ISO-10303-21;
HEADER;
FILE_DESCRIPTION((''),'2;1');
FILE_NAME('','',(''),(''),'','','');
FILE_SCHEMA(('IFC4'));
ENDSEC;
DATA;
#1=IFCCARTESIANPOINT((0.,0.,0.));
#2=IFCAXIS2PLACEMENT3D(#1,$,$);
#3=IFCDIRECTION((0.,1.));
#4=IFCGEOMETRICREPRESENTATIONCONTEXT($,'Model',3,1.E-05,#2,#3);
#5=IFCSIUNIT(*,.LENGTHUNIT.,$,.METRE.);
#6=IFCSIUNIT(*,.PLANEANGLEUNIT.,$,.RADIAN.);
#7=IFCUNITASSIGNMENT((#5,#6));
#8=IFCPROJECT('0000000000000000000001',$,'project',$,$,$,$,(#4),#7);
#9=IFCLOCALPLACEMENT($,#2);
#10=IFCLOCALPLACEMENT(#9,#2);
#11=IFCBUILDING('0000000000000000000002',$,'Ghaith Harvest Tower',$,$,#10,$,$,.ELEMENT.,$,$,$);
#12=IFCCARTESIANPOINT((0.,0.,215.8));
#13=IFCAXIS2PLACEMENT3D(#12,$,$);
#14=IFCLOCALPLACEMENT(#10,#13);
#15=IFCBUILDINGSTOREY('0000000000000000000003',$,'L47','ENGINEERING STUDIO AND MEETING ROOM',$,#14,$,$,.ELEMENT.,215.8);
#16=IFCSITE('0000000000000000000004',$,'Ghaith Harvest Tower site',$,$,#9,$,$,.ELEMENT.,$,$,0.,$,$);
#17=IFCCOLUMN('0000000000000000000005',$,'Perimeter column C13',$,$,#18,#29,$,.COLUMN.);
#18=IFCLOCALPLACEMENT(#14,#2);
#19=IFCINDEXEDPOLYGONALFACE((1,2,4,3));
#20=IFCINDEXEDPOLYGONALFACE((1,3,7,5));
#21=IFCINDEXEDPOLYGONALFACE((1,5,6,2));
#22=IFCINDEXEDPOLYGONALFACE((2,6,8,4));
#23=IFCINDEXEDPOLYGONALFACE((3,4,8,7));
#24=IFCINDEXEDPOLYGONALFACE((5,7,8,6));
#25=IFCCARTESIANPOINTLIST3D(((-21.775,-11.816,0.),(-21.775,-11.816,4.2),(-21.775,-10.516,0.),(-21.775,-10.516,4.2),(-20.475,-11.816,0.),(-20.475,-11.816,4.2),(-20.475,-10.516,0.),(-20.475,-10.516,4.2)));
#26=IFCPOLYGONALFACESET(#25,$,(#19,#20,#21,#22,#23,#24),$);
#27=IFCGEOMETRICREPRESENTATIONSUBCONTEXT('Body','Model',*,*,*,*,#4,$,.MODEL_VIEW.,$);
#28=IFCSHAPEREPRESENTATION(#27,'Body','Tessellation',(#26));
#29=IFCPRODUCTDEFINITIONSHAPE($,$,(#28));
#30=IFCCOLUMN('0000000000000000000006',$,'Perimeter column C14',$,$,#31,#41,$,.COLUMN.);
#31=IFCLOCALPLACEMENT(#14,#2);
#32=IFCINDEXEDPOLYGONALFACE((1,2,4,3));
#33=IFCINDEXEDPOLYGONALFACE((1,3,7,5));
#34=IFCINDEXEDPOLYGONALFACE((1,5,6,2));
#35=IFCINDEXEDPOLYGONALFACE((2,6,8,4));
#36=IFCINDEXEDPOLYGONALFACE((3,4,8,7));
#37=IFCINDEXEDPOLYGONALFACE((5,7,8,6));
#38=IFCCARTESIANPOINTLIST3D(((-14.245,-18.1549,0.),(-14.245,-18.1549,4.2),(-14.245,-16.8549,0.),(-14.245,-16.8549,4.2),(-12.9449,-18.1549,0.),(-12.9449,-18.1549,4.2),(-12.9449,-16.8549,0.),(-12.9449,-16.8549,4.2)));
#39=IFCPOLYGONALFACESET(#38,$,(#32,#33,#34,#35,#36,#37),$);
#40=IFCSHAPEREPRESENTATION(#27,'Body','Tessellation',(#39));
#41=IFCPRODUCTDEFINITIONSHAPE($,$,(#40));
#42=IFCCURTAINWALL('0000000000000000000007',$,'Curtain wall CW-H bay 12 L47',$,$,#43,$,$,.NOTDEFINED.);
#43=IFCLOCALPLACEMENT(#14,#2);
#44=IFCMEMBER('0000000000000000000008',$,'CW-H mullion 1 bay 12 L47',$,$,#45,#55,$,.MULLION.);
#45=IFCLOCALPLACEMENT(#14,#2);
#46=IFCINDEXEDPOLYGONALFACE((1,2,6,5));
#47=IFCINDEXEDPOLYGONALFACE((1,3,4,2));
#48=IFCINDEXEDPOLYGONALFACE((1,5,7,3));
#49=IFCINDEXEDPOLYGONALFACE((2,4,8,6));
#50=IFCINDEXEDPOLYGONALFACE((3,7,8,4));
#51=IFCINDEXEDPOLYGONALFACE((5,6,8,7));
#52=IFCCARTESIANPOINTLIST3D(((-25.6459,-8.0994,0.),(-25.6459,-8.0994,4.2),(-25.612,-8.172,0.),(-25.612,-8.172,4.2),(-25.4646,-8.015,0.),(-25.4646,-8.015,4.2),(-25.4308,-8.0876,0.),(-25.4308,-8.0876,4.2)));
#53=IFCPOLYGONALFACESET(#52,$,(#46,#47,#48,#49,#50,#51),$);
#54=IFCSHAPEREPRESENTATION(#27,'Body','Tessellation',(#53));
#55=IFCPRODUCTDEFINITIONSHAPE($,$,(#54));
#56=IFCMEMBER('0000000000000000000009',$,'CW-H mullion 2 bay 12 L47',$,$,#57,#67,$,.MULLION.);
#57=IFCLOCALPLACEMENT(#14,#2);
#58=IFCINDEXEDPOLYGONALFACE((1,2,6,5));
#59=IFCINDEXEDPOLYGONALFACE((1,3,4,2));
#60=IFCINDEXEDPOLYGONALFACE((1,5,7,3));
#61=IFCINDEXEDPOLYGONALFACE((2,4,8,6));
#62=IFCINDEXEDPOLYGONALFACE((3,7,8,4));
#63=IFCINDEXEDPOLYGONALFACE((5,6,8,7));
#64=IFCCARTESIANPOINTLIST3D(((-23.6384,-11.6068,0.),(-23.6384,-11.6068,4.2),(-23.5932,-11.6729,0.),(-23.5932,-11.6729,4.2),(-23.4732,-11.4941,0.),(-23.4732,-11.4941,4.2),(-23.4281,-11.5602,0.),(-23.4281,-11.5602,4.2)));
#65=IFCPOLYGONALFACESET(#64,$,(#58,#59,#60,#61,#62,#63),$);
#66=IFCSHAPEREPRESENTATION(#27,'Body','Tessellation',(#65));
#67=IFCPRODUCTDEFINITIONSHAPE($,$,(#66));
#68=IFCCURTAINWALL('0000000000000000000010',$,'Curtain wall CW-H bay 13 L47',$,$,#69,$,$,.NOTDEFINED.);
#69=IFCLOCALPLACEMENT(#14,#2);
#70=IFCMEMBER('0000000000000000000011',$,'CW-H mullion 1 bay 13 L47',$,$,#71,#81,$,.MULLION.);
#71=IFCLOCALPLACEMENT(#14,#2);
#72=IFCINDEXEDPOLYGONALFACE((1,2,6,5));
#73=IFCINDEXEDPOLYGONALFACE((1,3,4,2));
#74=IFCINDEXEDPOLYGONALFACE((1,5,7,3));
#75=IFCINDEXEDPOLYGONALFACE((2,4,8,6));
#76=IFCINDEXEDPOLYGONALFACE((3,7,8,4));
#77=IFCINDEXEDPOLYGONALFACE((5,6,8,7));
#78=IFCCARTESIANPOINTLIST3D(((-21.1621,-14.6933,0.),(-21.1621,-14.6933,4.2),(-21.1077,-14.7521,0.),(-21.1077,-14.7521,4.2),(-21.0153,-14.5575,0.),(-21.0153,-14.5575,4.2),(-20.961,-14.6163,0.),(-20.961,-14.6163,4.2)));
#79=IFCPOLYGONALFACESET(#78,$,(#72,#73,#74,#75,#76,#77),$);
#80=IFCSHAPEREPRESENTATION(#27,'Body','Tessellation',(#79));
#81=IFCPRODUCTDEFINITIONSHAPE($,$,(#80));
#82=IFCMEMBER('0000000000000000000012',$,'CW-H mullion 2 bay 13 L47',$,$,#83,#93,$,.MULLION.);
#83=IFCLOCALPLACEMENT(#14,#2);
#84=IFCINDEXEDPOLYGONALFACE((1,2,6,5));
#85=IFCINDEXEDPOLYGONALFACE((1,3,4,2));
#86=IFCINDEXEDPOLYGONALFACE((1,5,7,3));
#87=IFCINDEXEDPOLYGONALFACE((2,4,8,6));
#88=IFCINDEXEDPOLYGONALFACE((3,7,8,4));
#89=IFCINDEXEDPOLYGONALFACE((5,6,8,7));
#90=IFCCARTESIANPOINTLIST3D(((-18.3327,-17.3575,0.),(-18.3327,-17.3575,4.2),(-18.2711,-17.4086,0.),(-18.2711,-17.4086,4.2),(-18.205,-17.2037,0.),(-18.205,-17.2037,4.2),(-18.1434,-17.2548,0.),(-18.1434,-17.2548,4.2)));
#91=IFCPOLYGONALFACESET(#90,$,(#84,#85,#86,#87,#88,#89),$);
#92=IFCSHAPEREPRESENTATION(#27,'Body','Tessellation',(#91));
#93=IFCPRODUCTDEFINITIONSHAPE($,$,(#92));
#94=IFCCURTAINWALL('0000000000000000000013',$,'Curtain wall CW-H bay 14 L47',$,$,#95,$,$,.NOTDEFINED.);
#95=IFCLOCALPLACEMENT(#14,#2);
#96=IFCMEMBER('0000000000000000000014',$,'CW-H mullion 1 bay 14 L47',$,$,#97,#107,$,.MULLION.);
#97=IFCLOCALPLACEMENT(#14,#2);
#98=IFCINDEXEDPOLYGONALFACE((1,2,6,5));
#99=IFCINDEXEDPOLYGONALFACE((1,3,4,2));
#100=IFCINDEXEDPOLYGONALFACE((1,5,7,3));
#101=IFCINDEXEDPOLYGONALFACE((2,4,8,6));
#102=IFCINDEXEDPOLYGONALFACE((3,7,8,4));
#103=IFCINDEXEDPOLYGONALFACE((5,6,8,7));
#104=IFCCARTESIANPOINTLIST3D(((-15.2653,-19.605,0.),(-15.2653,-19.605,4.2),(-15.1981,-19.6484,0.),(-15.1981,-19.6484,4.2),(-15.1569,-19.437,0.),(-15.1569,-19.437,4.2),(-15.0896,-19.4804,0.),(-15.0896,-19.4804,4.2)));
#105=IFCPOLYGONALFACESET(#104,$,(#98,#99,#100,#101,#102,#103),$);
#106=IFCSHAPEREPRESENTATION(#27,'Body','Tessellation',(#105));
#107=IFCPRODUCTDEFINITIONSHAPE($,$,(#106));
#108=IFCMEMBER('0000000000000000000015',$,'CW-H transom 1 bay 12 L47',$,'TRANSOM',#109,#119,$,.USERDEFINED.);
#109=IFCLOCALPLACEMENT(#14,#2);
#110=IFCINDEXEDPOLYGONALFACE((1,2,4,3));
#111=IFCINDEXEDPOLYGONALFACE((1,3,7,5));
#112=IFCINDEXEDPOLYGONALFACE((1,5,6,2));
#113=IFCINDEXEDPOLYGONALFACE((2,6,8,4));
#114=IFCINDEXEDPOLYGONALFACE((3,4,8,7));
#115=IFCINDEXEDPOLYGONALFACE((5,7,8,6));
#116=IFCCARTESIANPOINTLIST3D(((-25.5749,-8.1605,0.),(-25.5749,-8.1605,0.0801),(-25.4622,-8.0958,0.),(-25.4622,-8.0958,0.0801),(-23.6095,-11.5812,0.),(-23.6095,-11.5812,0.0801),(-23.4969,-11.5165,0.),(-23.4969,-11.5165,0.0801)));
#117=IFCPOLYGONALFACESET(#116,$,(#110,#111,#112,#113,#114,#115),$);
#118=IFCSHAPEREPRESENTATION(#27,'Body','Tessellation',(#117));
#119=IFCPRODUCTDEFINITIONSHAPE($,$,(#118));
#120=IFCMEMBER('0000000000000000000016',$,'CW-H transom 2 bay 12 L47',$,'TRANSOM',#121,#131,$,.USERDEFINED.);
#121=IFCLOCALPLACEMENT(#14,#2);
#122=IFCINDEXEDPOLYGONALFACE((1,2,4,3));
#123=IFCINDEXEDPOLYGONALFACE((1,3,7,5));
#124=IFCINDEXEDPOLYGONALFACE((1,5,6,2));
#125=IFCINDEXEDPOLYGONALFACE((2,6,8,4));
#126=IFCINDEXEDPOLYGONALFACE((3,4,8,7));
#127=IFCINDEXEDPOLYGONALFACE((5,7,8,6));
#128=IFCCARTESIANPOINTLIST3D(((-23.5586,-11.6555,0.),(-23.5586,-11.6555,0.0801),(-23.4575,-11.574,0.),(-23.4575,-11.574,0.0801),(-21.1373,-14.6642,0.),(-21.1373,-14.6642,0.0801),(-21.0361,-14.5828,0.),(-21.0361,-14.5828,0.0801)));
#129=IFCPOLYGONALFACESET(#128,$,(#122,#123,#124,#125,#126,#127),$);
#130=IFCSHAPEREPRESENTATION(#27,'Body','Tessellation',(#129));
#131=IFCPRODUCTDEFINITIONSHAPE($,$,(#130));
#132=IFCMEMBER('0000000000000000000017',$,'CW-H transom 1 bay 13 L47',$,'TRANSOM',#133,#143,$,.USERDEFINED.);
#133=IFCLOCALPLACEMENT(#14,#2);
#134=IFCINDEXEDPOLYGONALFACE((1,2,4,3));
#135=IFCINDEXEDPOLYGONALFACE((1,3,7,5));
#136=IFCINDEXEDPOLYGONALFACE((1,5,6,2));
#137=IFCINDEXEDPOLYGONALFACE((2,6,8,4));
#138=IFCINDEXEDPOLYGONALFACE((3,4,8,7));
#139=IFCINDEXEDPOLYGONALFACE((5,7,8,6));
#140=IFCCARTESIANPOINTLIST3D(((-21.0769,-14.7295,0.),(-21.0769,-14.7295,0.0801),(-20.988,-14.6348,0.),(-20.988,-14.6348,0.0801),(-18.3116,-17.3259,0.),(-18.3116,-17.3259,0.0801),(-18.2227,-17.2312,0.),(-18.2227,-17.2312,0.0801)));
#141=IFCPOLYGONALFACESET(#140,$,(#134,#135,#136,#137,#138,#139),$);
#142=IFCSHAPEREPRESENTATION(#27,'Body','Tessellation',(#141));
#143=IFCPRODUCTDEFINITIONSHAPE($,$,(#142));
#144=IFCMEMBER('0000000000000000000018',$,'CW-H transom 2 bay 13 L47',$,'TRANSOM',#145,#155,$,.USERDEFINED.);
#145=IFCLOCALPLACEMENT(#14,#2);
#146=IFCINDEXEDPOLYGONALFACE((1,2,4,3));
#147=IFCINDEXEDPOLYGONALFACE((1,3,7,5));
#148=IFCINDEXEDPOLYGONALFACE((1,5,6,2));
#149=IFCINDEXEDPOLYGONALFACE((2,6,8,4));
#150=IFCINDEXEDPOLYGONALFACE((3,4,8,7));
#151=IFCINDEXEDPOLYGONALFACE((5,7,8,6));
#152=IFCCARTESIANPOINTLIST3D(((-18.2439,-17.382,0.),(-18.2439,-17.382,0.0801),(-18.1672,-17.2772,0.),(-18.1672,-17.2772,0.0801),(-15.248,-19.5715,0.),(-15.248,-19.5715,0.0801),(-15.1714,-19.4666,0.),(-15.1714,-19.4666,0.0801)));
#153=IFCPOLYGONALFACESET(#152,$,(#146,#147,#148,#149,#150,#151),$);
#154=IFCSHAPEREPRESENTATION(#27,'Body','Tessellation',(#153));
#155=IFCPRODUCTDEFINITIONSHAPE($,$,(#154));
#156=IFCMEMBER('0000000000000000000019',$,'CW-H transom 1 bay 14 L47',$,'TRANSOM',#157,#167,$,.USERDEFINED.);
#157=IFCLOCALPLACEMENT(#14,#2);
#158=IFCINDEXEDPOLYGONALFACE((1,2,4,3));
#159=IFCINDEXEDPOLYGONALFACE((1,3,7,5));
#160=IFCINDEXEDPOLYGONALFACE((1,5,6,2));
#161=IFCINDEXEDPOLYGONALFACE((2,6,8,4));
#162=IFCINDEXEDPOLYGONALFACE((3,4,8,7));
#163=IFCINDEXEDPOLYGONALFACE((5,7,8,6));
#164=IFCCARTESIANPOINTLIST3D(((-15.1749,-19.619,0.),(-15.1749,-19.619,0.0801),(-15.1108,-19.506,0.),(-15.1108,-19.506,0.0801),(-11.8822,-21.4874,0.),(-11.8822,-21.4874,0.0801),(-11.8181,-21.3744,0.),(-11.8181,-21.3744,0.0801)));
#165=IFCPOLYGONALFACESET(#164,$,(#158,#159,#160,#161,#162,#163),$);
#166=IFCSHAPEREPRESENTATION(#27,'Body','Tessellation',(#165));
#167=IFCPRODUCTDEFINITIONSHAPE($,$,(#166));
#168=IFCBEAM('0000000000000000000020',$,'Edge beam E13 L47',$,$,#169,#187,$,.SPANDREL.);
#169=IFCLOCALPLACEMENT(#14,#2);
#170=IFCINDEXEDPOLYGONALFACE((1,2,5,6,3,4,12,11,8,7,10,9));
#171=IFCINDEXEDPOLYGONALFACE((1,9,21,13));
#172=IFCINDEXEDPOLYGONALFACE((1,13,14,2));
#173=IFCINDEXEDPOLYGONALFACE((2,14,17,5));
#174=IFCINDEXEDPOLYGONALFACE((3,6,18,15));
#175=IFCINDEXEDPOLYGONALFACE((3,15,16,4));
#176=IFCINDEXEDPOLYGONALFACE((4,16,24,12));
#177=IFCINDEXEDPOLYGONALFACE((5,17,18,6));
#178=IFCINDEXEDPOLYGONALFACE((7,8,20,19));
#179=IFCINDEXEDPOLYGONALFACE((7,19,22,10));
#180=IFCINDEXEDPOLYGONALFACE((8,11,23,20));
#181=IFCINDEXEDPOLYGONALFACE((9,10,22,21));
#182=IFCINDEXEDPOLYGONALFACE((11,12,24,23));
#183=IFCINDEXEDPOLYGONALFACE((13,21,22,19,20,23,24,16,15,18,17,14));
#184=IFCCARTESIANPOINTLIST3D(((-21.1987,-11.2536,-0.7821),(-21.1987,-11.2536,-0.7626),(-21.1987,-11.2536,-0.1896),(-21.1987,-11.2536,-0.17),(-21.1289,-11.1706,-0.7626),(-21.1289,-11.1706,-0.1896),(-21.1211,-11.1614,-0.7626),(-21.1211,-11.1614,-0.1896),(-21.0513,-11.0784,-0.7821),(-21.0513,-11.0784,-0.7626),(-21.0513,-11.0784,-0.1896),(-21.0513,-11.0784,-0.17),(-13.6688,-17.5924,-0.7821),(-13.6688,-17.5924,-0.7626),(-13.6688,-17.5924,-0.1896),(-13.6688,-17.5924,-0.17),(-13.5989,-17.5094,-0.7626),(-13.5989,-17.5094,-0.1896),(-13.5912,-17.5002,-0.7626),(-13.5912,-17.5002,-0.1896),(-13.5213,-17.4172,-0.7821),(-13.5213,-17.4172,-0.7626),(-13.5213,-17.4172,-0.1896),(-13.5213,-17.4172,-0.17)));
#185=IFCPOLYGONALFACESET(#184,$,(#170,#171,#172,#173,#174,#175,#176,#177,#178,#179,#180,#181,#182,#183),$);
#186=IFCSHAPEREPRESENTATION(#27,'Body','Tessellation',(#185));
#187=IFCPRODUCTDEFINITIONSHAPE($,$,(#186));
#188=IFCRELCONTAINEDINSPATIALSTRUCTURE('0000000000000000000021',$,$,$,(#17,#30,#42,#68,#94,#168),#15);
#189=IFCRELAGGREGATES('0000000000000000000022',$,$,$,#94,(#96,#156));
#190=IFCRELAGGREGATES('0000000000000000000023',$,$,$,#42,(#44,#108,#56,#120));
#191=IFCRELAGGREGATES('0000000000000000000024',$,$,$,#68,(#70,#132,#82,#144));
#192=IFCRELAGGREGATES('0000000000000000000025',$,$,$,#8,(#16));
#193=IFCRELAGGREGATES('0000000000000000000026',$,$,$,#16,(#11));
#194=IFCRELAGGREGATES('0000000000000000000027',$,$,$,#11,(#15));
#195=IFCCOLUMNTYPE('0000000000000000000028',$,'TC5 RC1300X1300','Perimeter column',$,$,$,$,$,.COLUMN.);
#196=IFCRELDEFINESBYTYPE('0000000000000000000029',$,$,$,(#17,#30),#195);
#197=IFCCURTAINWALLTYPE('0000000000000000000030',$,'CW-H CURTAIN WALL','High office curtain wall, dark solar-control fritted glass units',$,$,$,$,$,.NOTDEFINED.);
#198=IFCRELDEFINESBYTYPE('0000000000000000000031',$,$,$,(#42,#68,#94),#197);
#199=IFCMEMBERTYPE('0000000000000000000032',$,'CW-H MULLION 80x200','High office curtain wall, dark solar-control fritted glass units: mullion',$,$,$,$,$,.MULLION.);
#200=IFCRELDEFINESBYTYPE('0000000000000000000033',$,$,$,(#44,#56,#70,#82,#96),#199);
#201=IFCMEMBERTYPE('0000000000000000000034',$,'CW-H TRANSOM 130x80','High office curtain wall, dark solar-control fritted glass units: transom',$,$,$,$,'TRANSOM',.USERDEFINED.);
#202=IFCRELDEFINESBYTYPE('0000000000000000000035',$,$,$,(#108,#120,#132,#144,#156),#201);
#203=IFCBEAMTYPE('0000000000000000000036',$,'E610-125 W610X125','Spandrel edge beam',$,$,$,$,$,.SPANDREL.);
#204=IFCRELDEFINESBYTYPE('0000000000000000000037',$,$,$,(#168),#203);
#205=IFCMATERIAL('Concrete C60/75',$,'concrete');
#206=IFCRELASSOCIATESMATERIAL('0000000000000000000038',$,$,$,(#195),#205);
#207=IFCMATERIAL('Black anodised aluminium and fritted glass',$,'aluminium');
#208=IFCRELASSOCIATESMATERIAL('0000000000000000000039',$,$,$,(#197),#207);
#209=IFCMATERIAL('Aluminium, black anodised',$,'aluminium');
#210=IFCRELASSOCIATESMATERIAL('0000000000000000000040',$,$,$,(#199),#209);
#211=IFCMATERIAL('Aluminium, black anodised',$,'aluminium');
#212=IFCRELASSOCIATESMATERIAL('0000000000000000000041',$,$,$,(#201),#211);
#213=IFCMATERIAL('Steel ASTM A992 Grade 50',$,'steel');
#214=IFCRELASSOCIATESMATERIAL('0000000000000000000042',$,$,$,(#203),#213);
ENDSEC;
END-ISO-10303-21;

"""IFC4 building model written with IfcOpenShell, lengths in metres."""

from ifc_helpers import new_model, si_unit, direction, frame, origin, origin_2d, place, context, subcontext, project, spatial, rectangle, i_section, extrude, material, material_profile, profile_set, type_object, element, aggregate, save


model = new_model("IFC4")

# Units and contexts
model_context = context("Model", 3, precision=1e-05, world=origin(), true_north=direction((0.0, 1.0)))
body_context = subcontext(model_context, "Body", "Model", "MODEL_VIEW")
ifc_project = project(units=[si_unit("LENGTHUNIT", "METRE"), si_unit("PLANEANGLEUNIT", "RADIAN")], contexts=[model_context])

# Site, building, storey
site_placement = place(None, origin())
site = spatial("IfcSite", under=ifc_project, at=site_placement, Name="Ghaith Harvest Tower site", CompositionType="ELEMENT", RefElevation=0.0)
building_placement = place(site_placement, origin())
building = spatial("IfcBuilding", under=site, at=building_placement, Name="Ghaith Harvest Tower", CompositionType="ELEMENT")
storey_placement = place(building_placement, frame((0.0, 0.0, 215.8)))
storey = spatial("IfcBuildingStorey", under=building, at=storey_placement, Name="L47", Description="ENGINEERING STUDIO AND MEETING ROOM", CompositionType="ELEMENT", Elevation=215.8)

# Columns
ifc_material_1 = material(Name="Concrete C60/75", Category="concrete")
ifc_material_profile_1 = material_profile(ifc_material_1, rectangle(XDim=1.3, YDim=1.3, at=origin_2d()), Name="RC1300X1300")
ifc_profile_set_1 = profile_set([ifc_material_profile_1], Name="Concrete C60/75")
column_type = type_object("IfcColumnType", Name="TC5 RC1300X1300", Description="Perimeter column", PredefinedType="COLUMN", material=ifc_profile_set_1)
for number, where, z_axis, x_axis, name in (
    (1, (-21.125, -11.166, 0.0), (0.0, 0.0, 1.0), (1.0, 0.0, 0.0), "Perimeter column C13"),
    (2, (-13.595, -17.5049, 0.0), (0.0, 0.0, 1.0), (1.0, 0.0, 0.0), "Perimeter column C14"),
):
    element("IfcColumn", number, at=place(storey_placement, frame(where, z_axis=z_axis, x_axis=x_axis)), inside=storey, type_object=column_type, Name=name, PredefinedType="COLUMN", context=body_context, shape_type="SweptSolid", body=[
        extrude(rectangle(XDim=1.3, YDim=1.3, at=origin_2d()), origin(), (0.0, 0.0, 1.0), 4.2),
    ])

# Curtain walls, members
ifc_material_2 = material(Name="Black anodised aluminium and fritted glass", Category="aluminium")
curtain_wall_type = type_object("IfcCurtainWallType", Name="CW-H CURTAIN WALL", Description="High office curtain wall, dark solar-control fritted glass units", PredefinedType="NOTDEFINED", material=ifc_material_2)
curtain_wall_1_placement = place(storey_placement, origin())
curtain_wall_1 = element("IfcCurtainWall", 3, at=curtain_wall_1_placement, inside=storey, type_object=curtain_wall_type, Name="Curtain wall CW-H bay 12 L47", PredefinedType="NOTDEFINED")
ifc_material_3 = material(Name="Aluminium, black anodised", Category="aluminium")
ifc_material_profile_2 = material_profile(ifc_material_3, rectangle(XDim=0.0801, YDim=0.2, at=origin_2d()), Name="CW-H MULLION 80x200")
ifc_profile_set_2 = profile_set([ifc_material_profile_2], Name="Aluminium, black anodised")
member_type_1 = type_object("IfcMemberType", Name="CW-H MULLION 80x200", Description="High office curtain wall, dark solar-control fritted glass units: mullion", PredefinedType="MULLION", material=ifc_profile_set_2)
member_1_placement = place(storey_placement, frame((-25.5383, -8.0935, 0.0), z_axis=(0.0, 0.0, 1.0), x_axis=(0.422309, -0.906452, 0.0)))
member_1 = element("IfcMember", 4, at=member_1_placement, type_object=member_type_1, Name="CW-H mullion 1 bay 12 L47", PredefinedType="MULLION", context=body_context, shape_type="SweptSolid", body=[
    extrude(rectangle(XDim=0.0801, YDim=0.2, at=origin_2d()), origin(), (0.0, 0.0, 1.0), 4.2),
])
member_2_placement = place(storey_placement, frame((-23.5332, -11.5835, 0.0), z_axis=(0.0, 0.0, 1.0), x_axis=(0.563617, -0.826037, 0.0)))
member_2 = element("IfcMember", 5, at=member_2_placement, type_object=member_type_1, Name="CW-H mullion 2 bay 12 L47", PredefinedType="MULLION", context=body_context, shape_type="SweptSolid", body=[
    extrude(rectangle(XDim=0.0801, YDim=0.2, at=origin_2d()), origin(), (0.0, 0.0, 1.0), 4.2),
])
curtain_wall_2_placement = place(storey_placement, origin())
curtain_wall_2 = element("IfcCurtainWall", 6, at=curtain_wall_2_placement, inside=storey, type_object=curtain_wall_type, Name="Curtain wall CW-H bay 13 L47", PredefinedType="NOTDEFINED")
member_3_placement = place(storey_placement, frame((-21.0615, -14.6548, 0.0), z_axis=(0.0, 0.0, 1.0), x_axis=(0.679182, -0.73397, 0.0)))
member_3 = element("IfcMember", 7, at=member_3_placement, type_object=member_type_1, Name="CW-H mullion 1 bay 13 L47", PredefinedType="MULLION", context=body_context, shape_type="SweptSolid", body=[
    extrude(rectangle(XDim=0.0801, YDim=0.2, at=origin_2d()), origin(), (0.0, 0.0, 1.0), 4.2),
])
member_4_placement = place(storey_placement, frame((-18.238, -17.3062, 0.0), z_axis=(0.0, 0.0, 1.0), x_axis=(0.769217, -0.638988, 0.0)))
member_4 = element("IfcMember", 8, at=member_4_placement, type_object=member_type_1, Name="CW-H mullion 2 bay 13 L47", PredefinedType="MULLION", context=body_context, shape_type="SweptSolid", body=[
    extrude(rectangle(XDim=0.0801, YDim=0.2, at=origin_2d()), origin(), (0.0, 0.0, 1.0), 4.2),
])

# Curtain wall, member
curtain_wall_3_placement = place(storey_placement, origin())
curtain_wall_3 = element("IfcCurtainWall", 9, at=curtain_wall_3_placement, inside=storey, type_object=curtain_wall_type, Name="Curtain wall CW-H bay 14 L47", PredefinedType="NOTDEFINED")
member_5_placement = place(storey_placement, frame((-15.1775, -19.5427, 0.0), z_axis=(0.0, 0.0, 1.0), x_axis=(0.840234, -0.542225, 0.0)))
member_5 = element("IfcMember", 10, at=member_5_placement, type_object=member_type_1, Name="CW-H mullion 1 bay 14 L47", PredefinedType="MULLION", context=body_context, shape_type="SweptSolid", body=[
    extrude(rectangle(XDim=0.0801, YDim=0.2, at=origin_2d()), origin(), (0.0, 0.0, 1.0), 4.2),
])

# Members
ifc_material_4 = material(Name="Aluminium, black anodised", Category="aluminium")
ifc_material_profile_3 = material_profile(ifc_material_4, rectangle(XDim=0.1299, YDim=0.0801, at=origin_2d()), Name="CW-H TRANSOM 130x80")
ifc_profile_set_3 = profile_set([ifc_material_profile_3], Name="Aluminium, black anodised")
member_type_2 = type_object("IfcMemberType", Name="CW-H TRANSOM 130x80", Description="High office curtain wall, dark solar-control fritted glass units: transom", ElementType="TRANSOM", PredefinedType="USERDEFINED", material=ifc_profile_set_3)
member_6_placement = place(storey_placement, frame((-25.5186, -8.1282, 0.04), z_axis=(0.498177, -0.867075, 0.0), x_axis=(0.867075, 0.498177, 0.0)))
member_6 = element("IfcMember", 11, at=member_6_placement, type_object=member_type_2, Name="CW-H transom 1 bay 12 L47", ObjectType="TRANSOM", PredefinedType="USERDEFINED", context=body_context, shape_type="SweptSolid", body=[
    extrude(rectangle(XDim=0.1299, YDim=0.0801, at=origin_2d()), origin(), (0.0, 0.0, 1.0), 3.9451),
])
member_7_placement = place(storey_placement, frame((-23.5081, -11.6147, 0.04), z_axis=(0.626959, -0.779052, 0.0), x_axis=(0.779052, 0.626959, 0.0)))
member_7 = element("IfcMember", 12, at=member_7_placement, type_object=member_type_2, Name="CW-H transom 2 bay 12 L47", ObjectType="TRANSOM", PredefinedType="USERDEFINED", context=body_context, shape_type="SweptSolid", body=[
    extrude(rectangle(XDim=0.1299, YDim=0.0801, at=origin_2d()), origin(), (0.0, 0.0, 1.0), 3.8621),
])
member_8_placement = place(storey_placement, frame((-21.0325, -14.6821, 0.04), z_axis=(0.729025, -0.684487, 0.0), x_axis=(0.684487, 0.729025, 0.0)))
member_8 = element("IfcMember", 13, at=member_8_placement, type_object=member_type_2, Name="CW-H transom 1 bay 13 L47", ObjectType="TRANSOM", PredefinedType="USERDEFINED", context=body_context, shape_type="SweptSolid", body=[
    extrude(rectangle(XDim=0.1299, YDim=0.0801, at=origin_2d()), origin(), (0.0, 0.0, 1.0), 3.7932),
])
member_9_placement = place(storey_placement, frame((-18.2056, -17.3296, 0.04), z_axis=(0.807368, -0.590048, 0.0), x_axis=(0.590048, 0.807368, 0.0)))
member_9 = element("IfcMember", 14, at=member_9_placement, type_object=member_type_2, Name="CW-H transom 2 bay 13 L47", ObjectType="TRANSOM", PredefinedType="USERDEFINED", context=body_context, shape_type="SweptSolid", body=[
    extrude(rectangle(XDim=0.1299, YDim=0.0801, at=origin_2d()), origin(), (0.0, 0.0, 1.0), 3.7107),
])
member_10_placement = place(storey_placement, frame((-15.1428, -19.5625, 0.04), z_axis=(0.869735, -0.493519, 0.0), x_axis=(0.493519, 0.869735, 0.0)))
member_10 = element("IfcMember", 15, at=member_10_placement, type_object=member_type_2, Name="CW-H transom 1 bay 14 L47", ObjectType="TRANSOM", PredefinedType="USERDEFINED", context=body_context, shape_type="SweptSolid", body=[
    extrude(rectangle(XDim=0.1299, YDim=0.0801, at=origin_2d()), origin(), (0.0, 0.0, 1.0), 3.7859),
])
aggregate(curtain_wall_3, [member_5, member_10])

# Beam
ifc_material_5 = material(Name="Steel ASTM A992 Grade 50", Category="steel")
ifc_material_profile_4 = material_profile(ifc_material_5, i_section(OverallWidth=0.229, OverallDepth=0.6121, WebThickness=0.012, FlangeThickness=0.0195, at=origin_2d()), Name="W610X125")
ifc_profile_set_4 = profile_set([ifc_material_profile_4], Name="Steel ASTM A992 Grade 50")
beam_type = type_object("IfcBeamType", Name="E610-125 W610X125", Description="Spandrel edge beam", PredefinedType="SPANDREL", material=ifc_profile_set_4)
beam_1_placement = place(storey_placement, frame((-21.125, -11.166, -0.4761), z_axis=(0.765022, -0.644004, 0.0), x_axis=(0.644004, 0.765022, 0.0)))
element("IfcBeam", 16, at=beam_1_placement, inside=storey, type_object=beam_type, Name="Edge beam E13 L47", PredefinedType="SPANDREL", context=body_context, shape_type="SweptSolid", body=[
    extrude(i_section(OverallWidth=0.229, OverallDepth=0.6121, WebThickness=0.012, FlangeThickness=0.0195, at=origin_2d()), origin(), (0.0, 0.0, 1.0), 9.8428),
])

aggregate(curtain_wall_1, [member_1, member_6, member_2, member_7])
aggregate(curtain_wall_2, [member_3, member_8, member_4, member_9])

save(model, "model.ifc")
